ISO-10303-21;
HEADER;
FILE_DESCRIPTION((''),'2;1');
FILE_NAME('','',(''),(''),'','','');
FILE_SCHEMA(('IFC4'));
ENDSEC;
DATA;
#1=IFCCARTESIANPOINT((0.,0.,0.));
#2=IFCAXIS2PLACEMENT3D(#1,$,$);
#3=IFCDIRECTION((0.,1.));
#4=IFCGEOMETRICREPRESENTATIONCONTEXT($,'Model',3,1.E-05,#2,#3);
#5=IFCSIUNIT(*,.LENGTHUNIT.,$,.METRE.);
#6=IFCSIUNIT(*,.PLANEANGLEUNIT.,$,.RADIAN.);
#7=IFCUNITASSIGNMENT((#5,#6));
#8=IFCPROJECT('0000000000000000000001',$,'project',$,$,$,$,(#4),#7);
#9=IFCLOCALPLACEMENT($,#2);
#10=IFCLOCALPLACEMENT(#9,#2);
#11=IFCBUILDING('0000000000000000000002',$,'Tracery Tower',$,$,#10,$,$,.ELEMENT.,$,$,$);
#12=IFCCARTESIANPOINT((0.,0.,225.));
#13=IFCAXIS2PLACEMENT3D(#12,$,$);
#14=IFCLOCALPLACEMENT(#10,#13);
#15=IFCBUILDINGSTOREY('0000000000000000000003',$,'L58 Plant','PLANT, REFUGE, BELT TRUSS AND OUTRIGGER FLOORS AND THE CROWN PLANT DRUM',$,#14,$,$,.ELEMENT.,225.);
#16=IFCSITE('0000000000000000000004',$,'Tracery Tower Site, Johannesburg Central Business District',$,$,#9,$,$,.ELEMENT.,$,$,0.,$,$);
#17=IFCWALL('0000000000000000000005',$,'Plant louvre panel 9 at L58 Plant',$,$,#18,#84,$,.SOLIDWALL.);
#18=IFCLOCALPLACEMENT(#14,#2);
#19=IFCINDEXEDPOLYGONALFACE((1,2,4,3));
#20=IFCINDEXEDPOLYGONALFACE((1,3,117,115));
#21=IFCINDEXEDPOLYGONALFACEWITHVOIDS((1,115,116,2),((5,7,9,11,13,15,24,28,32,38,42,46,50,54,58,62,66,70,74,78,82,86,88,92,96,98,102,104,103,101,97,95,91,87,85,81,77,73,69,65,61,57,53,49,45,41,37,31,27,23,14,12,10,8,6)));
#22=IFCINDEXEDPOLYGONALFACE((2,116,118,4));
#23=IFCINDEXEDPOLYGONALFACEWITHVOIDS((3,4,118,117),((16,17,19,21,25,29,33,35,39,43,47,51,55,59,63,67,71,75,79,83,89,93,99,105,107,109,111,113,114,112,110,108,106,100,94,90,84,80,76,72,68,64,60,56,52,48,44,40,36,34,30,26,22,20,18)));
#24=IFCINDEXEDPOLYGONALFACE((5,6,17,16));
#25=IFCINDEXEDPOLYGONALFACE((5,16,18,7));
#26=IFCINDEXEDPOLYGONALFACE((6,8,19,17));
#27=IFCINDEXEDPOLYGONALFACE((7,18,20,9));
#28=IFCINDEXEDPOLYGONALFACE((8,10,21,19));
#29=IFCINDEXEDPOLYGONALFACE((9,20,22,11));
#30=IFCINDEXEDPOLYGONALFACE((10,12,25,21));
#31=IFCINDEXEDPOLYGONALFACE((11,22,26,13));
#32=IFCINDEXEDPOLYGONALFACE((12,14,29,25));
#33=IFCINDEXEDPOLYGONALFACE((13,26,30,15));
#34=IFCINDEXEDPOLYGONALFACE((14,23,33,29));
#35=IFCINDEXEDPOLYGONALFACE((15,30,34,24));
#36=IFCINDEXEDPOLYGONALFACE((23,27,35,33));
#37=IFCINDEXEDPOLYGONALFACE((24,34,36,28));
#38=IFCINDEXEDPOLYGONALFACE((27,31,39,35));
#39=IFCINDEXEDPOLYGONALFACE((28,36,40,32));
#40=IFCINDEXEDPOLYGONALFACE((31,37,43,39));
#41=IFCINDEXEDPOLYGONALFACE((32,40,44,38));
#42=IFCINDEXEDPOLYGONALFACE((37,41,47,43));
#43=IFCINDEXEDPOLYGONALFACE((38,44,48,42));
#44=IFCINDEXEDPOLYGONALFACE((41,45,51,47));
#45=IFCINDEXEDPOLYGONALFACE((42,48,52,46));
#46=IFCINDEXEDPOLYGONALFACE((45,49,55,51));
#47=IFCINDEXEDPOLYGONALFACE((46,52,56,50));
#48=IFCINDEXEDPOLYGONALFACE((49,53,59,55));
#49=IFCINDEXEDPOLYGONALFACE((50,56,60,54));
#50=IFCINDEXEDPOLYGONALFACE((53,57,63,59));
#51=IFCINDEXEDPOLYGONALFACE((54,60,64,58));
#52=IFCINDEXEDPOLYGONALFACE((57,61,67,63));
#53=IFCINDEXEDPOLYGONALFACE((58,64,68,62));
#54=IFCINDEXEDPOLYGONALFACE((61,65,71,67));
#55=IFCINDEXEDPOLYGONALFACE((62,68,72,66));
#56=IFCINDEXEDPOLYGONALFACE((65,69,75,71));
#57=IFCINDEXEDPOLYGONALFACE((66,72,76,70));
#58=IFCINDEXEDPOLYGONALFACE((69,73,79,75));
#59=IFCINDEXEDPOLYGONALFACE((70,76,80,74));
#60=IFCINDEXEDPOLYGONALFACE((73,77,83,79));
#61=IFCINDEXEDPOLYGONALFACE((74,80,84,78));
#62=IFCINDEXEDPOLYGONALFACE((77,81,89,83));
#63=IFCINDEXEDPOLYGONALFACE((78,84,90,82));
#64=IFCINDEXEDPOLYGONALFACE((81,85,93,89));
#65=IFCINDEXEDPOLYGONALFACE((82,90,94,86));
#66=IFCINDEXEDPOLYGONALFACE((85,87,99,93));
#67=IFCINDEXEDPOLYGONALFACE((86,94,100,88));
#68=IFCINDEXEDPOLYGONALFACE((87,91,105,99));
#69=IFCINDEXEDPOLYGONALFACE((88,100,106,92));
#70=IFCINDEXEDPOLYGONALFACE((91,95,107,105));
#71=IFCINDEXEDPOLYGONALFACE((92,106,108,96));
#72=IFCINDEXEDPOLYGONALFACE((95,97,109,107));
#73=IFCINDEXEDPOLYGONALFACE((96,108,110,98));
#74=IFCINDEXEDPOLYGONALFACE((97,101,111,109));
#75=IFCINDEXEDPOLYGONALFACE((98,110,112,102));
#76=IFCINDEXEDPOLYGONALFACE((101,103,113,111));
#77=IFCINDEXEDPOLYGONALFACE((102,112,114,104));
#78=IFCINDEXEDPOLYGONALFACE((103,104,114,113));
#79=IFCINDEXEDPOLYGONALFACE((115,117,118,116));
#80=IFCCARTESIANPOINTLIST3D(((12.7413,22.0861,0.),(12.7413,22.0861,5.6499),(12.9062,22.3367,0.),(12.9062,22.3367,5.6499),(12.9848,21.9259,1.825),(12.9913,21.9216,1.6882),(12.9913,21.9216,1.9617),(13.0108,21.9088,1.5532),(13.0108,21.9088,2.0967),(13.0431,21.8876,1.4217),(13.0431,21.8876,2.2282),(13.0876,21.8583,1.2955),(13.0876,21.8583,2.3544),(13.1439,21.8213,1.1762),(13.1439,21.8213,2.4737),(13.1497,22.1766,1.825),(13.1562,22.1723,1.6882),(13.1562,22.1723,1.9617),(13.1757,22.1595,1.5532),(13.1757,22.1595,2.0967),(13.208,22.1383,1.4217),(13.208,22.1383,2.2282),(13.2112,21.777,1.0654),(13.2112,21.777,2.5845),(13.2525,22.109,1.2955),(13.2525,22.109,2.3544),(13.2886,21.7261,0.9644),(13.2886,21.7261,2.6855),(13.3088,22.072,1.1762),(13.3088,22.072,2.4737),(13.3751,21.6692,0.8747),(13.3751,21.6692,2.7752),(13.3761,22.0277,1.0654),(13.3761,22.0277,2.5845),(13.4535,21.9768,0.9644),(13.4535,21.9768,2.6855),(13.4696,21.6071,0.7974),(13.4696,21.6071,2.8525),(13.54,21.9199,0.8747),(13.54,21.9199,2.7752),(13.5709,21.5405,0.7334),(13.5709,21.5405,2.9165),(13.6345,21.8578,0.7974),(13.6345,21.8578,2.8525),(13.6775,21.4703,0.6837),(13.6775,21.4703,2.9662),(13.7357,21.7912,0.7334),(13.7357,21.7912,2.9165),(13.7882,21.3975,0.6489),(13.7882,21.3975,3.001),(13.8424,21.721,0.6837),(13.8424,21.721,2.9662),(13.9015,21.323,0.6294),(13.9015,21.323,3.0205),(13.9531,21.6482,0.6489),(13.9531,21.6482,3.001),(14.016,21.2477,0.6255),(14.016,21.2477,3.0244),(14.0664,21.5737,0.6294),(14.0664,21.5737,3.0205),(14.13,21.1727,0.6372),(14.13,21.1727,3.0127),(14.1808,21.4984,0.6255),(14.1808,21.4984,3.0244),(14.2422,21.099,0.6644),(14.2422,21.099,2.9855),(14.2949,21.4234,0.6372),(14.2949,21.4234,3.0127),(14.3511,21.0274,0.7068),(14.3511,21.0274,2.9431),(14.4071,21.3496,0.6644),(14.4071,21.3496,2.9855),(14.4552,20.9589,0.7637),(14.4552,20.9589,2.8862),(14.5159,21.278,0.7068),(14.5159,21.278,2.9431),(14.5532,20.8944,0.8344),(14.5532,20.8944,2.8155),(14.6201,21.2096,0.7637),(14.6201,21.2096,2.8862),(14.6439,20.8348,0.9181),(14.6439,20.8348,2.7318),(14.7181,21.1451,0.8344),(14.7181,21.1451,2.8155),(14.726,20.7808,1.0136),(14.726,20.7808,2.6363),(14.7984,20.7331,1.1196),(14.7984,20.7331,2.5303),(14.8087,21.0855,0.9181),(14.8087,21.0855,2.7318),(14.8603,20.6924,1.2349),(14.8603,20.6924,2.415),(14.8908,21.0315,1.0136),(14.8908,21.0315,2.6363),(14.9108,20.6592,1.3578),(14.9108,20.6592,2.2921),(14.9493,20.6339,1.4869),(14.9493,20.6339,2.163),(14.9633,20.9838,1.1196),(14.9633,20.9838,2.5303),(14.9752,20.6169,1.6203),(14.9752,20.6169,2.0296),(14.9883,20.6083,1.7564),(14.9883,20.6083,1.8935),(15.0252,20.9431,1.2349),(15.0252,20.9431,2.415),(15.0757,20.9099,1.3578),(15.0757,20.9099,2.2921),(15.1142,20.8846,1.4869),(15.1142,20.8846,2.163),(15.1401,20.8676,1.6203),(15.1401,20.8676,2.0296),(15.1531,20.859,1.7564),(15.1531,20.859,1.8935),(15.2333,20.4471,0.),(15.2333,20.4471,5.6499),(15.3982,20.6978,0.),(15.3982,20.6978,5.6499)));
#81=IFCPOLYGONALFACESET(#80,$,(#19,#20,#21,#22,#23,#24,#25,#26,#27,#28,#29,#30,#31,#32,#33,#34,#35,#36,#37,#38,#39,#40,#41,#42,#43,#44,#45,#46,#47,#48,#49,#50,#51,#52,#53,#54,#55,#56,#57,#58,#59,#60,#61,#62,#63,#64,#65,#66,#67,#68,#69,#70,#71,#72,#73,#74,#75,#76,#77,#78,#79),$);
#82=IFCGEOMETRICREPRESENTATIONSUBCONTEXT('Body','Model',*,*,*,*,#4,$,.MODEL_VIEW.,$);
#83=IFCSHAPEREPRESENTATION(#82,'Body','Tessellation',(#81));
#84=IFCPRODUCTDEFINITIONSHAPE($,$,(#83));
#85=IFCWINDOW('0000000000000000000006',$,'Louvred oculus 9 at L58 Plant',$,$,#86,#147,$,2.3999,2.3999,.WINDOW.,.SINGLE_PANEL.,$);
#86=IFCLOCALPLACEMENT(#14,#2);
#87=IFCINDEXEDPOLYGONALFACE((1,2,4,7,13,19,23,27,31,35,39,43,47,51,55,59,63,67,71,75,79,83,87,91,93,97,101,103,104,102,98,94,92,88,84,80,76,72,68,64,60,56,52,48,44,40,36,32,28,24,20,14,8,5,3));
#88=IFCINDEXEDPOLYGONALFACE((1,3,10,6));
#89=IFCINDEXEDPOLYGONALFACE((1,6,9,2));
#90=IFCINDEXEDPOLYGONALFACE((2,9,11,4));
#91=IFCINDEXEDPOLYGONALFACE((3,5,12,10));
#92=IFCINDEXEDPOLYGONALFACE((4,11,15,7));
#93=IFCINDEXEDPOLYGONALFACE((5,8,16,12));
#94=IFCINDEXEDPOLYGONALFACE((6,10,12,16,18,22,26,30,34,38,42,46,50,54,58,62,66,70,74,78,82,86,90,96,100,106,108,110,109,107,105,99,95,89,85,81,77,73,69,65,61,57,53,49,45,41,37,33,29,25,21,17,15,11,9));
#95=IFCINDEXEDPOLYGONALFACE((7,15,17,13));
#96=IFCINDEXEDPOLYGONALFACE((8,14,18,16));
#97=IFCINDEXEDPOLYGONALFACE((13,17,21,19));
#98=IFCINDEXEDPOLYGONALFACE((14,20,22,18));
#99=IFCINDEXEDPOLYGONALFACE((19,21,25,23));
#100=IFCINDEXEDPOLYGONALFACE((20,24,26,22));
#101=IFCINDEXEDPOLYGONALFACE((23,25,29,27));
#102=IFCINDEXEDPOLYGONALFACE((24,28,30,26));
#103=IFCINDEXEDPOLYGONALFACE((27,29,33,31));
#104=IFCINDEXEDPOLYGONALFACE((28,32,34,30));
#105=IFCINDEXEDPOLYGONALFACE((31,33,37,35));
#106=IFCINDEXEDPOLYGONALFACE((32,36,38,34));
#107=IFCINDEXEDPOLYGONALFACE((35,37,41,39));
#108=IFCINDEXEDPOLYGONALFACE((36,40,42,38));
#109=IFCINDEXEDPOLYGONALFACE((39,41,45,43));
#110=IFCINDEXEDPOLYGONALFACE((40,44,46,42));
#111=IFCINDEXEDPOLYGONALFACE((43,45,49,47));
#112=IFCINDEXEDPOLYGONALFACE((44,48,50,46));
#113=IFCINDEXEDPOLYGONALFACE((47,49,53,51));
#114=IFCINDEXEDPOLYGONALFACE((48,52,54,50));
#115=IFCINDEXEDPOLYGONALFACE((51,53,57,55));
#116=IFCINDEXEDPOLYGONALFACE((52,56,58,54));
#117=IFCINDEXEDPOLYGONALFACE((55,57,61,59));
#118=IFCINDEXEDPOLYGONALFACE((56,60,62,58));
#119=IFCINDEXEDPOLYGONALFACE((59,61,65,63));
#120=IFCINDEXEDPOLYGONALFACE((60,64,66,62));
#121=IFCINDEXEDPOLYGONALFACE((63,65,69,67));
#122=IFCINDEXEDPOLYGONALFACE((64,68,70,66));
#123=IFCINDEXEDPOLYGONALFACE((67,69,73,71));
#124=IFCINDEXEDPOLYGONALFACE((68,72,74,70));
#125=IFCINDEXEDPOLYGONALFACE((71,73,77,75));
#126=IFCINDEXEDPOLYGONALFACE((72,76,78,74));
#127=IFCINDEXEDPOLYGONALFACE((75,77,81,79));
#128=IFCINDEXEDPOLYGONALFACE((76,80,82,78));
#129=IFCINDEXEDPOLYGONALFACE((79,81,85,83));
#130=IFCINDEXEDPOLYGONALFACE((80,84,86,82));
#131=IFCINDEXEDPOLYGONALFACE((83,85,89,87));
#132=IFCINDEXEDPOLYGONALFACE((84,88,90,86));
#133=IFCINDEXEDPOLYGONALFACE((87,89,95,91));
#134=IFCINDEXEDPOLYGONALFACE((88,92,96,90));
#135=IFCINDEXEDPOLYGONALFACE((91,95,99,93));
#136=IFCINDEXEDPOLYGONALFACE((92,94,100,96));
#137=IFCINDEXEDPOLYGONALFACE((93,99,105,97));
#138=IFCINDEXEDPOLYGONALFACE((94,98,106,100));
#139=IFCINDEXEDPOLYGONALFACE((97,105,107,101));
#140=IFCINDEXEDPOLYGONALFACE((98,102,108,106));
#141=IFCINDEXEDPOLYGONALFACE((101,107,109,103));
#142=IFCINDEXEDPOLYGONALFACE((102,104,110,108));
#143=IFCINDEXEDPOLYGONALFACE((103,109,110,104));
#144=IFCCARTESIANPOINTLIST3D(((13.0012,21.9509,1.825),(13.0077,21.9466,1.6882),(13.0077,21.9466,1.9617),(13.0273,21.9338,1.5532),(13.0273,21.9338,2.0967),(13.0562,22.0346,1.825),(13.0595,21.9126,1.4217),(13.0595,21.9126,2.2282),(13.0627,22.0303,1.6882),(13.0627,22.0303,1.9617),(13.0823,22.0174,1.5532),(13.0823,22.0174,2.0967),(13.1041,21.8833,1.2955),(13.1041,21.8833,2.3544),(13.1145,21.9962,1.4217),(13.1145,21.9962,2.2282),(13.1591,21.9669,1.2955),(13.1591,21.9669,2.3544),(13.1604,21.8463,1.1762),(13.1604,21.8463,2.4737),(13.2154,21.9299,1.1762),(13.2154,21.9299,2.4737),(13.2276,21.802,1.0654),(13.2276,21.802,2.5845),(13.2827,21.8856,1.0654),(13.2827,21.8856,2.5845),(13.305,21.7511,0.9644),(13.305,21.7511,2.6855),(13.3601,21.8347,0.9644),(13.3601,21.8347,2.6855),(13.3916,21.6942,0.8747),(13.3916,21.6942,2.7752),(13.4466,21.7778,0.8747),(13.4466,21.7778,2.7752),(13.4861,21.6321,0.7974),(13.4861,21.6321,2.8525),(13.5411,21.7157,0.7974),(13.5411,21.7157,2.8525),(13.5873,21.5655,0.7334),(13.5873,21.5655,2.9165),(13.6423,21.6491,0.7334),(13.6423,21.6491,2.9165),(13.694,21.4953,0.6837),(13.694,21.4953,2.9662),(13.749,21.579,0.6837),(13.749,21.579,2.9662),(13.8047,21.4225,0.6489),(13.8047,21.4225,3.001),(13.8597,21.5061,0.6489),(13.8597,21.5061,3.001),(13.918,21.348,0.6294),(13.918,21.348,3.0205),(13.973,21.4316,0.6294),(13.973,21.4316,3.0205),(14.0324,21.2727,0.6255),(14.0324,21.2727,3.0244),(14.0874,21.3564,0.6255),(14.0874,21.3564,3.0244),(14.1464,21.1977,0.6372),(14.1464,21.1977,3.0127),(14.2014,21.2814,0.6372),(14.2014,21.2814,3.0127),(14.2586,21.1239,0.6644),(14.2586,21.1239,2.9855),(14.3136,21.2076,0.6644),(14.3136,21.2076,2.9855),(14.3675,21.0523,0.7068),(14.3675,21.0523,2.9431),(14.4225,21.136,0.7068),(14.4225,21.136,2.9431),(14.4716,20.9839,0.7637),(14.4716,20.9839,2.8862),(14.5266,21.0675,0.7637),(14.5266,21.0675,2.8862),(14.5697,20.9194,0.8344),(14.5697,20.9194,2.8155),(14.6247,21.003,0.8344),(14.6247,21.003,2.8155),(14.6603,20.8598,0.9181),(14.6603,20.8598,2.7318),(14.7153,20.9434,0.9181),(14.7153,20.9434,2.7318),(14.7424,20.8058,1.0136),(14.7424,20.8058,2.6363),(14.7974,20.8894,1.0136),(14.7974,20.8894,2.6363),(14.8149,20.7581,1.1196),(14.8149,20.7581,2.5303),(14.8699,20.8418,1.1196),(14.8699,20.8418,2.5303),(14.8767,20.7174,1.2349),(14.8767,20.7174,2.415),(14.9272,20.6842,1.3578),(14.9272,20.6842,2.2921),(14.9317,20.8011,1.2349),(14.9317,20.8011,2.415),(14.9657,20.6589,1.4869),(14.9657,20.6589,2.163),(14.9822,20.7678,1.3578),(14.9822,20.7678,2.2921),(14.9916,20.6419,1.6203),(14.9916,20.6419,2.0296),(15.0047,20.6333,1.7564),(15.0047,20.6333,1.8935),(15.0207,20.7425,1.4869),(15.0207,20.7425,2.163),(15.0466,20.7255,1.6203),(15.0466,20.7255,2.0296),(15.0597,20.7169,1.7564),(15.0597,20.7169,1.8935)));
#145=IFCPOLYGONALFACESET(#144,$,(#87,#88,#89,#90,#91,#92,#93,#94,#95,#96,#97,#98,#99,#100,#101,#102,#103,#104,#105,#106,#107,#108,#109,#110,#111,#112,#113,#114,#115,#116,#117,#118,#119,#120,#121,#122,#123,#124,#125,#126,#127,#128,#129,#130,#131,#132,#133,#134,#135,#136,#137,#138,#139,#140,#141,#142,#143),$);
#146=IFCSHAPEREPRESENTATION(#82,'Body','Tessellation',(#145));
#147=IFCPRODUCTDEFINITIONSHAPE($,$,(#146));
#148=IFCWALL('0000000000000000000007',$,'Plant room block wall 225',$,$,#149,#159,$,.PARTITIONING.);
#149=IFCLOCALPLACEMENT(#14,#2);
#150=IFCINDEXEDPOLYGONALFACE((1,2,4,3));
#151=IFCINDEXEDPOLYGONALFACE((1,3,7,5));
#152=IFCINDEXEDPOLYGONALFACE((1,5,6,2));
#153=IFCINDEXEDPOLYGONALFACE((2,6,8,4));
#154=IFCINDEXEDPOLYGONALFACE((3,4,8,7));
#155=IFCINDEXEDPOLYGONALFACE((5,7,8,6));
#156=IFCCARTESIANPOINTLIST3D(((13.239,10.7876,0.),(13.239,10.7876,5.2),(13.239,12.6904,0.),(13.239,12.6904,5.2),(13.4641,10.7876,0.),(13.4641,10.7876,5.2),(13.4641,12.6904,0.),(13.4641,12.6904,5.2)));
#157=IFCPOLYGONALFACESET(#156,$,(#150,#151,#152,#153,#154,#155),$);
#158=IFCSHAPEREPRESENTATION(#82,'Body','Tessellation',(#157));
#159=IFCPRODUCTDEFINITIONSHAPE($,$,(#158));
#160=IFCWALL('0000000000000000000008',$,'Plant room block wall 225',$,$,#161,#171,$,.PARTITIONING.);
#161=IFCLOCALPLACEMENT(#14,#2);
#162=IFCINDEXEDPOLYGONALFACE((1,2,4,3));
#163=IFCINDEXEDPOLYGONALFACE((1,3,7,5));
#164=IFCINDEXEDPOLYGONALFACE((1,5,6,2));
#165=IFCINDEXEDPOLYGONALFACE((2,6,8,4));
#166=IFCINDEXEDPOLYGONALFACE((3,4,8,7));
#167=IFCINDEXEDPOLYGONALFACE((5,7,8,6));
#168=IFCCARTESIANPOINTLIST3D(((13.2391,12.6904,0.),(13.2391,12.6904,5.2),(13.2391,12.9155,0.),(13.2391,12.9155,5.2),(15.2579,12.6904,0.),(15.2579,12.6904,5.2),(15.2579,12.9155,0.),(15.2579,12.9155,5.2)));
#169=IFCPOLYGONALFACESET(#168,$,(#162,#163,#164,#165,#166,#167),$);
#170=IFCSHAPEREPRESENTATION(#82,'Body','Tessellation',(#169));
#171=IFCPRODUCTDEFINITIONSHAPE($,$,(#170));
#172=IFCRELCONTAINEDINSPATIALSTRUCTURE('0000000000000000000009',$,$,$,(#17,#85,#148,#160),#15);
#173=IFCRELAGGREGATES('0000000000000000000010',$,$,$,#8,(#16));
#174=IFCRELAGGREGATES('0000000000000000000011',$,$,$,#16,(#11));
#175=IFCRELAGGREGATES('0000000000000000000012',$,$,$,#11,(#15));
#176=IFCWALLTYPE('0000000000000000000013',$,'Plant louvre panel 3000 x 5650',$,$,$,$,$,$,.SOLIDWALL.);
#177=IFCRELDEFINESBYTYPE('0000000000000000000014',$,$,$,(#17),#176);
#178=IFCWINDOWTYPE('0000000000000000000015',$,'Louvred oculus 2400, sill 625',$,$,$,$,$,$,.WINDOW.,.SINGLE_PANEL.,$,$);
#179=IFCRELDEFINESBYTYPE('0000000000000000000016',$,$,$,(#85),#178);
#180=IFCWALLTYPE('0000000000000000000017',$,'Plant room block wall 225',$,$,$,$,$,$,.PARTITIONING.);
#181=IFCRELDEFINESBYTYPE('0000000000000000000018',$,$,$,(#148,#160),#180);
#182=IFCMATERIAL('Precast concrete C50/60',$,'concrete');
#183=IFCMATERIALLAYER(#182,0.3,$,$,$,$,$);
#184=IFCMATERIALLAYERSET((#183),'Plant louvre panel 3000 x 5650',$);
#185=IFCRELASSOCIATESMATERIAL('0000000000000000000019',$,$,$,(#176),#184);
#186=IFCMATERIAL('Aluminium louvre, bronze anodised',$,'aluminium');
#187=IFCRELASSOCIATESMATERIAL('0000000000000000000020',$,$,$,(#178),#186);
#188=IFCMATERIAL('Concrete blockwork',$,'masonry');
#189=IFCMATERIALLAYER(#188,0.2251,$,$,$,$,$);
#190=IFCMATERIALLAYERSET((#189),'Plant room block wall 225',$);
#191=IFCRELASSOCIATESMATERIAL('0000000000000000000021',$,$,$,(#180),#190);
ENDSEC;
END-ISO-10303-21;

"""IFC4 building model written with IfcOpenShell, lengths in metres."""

from ifc_helpers import new_model, si_unit, direction, frame, frame_2d, origin, origin_2d, place, context, subcontext, project, spatial, rectangle, circle, extrude, material, layer, layer_set, type_object, element, fill, save


model = new_model("IFC4")

# Units and contexts
model_context = context("Model", 3, precision=1e-05, world=origin(), true_north=direction((0.0, 1.0)))
body_context = subcontext(model_context, "Body", "Model", "MODEL_VIEW")
ifc_project = project(units=[si_unit("LENGTHUNIT", "METRE"), si_unit("PLANEANGLEUNIT", "RADIAN")], contexts=[model_context])

# Site, building, storey
site_placement = place(None, origin())
site = spatial("IfcSite", under=ifc_project, at=site_placement, Name="Tracery Tower Site, Johannesburg Central Business District", CompositionType="ELEMENT", RefElevation=0.0)
building_placement = place(site_placement, origin())
building = spatial("IfcBuilding", under=site, at=building_placement, Name="Tracery Tower", CompositionType="ELEMENT")
storey_placement = place(building_placement, frame((0.0, 0.0, 225.0)))
storey = spatial("IfcBuildingStorey", under=building, at=storey_placement, Name="L58 Plant", Description="PLANT, REFUGE, BELT TRUSS AND OUTRIGGER FLOORS AND THE CROWN PLANT DRUM", CompositionType="ELEMENT", Elevation=225.0)

# Wall, opening, window
ifc_material_1 = material(Name="Precast concrete C50/60", Category="concrete")
ifc_layer_1 = layer(ifc_material_1, 0.3)
ifc_layer_set_1 = layer_set([ifc_layer_1], Name="Plant louvre panel 3000 x 5650")
wall_type_1 = type_object("IfcWallType", Name="Plant louvre panel 3000 x 5650", PredefinedType="SOLIDWALL", material=ifc_layer_set_1)
wall_1_placement = place(storey_placement, frame((15.3157, 20.5725, 0.0), z_axis=(0.0, 0.0, 1.0), x_axis=(-0.835497, 0.549495, 0.0)))
wall_1 = element("IfcWall", 1, at=wall_1_placement, inside=storey, type_object=wall_type_1, Name="Plant louvre panel 9 at L58 Plant", PredefinedType="SOLIDWALL", context=body_context, shape_type="SweptSolid", body=[
    extrude(rectangle(XDim=2.9827, YDim=0.3, at=frame_2d((1.4912, 0.0))), origin(), (0.0, 0.0, 1.0), 5.6499),
])
opening_placement = place(wall_1_placement, frame((1.4912, 0.0, 1.825)))
opening = element("IfcOpeningElement", 2, at=opening_placement, cuts=wall_1, PredefinedType="OPENING", context=body_context, shape_type="SweptSolid", body=[
    extrude(circle(Radius=1.2, at=origin_2d()), frame((0.0, 0.1599, 0.0), z_axis=(0.0, -1.0, 0.0), x_axis=(1.0, 0.0, 0.0)), (0.0, 0.0, 1.0), 0.3201),
])
ifc_material_2 = material(Name="Aluminium louvre, bronze anodised", Category="aluminium")
window_type = type_object("IfcWindowType", Name="Louvred oculus 2400, sill 625", PartitioningType="SINGLE_PANEL", PredefinedType="WINDOW", material=ifc_material_2)
window_placement = place(opening_placement, origin())
window = element("IfcWindow", 3, at=window_placement, inside=storey, type_object=window_type, Name="Louvred oculus 9 at L58 Plant", OverallHeight=2.3999, OverallWidth=2.3999, PartitioningType="SINGLE_PANEL", PredefinedType="WINDOW", context=body_context, shape_type="SweptSolid", body=[
    extrude(circle(Radius=1.2, at=origin_2d()), frame((0.0, 0.1201, 0.0), z_axis=(0.0, -1.0, 0.0), x_axis=(1.0, 0.0, 0.0)), (0.0, 0.0, 1.0), 0.1001),
])
fill(opening, window)

# Walls
ifc_material_3 = material(Name="Concrete blockwork", Category="masonry")
ifc_layer_2 = layer(ifc_material_3, 0.2251)
ifc_layer_set_2 = layer_set([ifc_layer_2], Name="Plant room block wall 225")
wall_type_2 = type_object("IfcWallType", Name="Plant room block wall 225", PredefinedType="PARTITIONING", material=ifc_layer_set_2)
wall_2_placement = place(storey_placement, frame((13.3516, 12.6904, 0.0), z_axis=(0.0, 0.0, 1.0), x_axis=(0.0, -1.0, 0.0)))
element("IfcWall", 4, at=wall_2_placement, inside=storey, type_object=wall_type_2, Name="Plant room block wall 225", PredefinedType="PARTITIONING", context=body_context, shape_type="SweptSolid", body=[
    extrude(rectangle(XDim=1.9028, YDim=0.2251, at=frame_2d((0.9514, 0.0))), origin(), (0.0, 0.0, 1.0), 5.2),
])
wall_3_placement = place(storey_placement, frame((15.2578, 12.803, 0.0), z_axis=(0.0, 0.0, 1.0), x_axis=(-1.0, 0.0, 0.0)))
element("IfcWall", 5, at=wall_3_placement, inside=storey, type_object=wall_type_2, Name="Plant room block wall 225", PredefinedType="PARTITIONING", context=body_context, shape_type="SweptSolid", body=[
    extrude(rectangle(XDim=2.0188, YDim=0.2251, at=frame_2d((1.0093, 0.0))), origin(), (0.0, 0.0, 1.0), 5.2),
])

save(model, "model.ifc")
